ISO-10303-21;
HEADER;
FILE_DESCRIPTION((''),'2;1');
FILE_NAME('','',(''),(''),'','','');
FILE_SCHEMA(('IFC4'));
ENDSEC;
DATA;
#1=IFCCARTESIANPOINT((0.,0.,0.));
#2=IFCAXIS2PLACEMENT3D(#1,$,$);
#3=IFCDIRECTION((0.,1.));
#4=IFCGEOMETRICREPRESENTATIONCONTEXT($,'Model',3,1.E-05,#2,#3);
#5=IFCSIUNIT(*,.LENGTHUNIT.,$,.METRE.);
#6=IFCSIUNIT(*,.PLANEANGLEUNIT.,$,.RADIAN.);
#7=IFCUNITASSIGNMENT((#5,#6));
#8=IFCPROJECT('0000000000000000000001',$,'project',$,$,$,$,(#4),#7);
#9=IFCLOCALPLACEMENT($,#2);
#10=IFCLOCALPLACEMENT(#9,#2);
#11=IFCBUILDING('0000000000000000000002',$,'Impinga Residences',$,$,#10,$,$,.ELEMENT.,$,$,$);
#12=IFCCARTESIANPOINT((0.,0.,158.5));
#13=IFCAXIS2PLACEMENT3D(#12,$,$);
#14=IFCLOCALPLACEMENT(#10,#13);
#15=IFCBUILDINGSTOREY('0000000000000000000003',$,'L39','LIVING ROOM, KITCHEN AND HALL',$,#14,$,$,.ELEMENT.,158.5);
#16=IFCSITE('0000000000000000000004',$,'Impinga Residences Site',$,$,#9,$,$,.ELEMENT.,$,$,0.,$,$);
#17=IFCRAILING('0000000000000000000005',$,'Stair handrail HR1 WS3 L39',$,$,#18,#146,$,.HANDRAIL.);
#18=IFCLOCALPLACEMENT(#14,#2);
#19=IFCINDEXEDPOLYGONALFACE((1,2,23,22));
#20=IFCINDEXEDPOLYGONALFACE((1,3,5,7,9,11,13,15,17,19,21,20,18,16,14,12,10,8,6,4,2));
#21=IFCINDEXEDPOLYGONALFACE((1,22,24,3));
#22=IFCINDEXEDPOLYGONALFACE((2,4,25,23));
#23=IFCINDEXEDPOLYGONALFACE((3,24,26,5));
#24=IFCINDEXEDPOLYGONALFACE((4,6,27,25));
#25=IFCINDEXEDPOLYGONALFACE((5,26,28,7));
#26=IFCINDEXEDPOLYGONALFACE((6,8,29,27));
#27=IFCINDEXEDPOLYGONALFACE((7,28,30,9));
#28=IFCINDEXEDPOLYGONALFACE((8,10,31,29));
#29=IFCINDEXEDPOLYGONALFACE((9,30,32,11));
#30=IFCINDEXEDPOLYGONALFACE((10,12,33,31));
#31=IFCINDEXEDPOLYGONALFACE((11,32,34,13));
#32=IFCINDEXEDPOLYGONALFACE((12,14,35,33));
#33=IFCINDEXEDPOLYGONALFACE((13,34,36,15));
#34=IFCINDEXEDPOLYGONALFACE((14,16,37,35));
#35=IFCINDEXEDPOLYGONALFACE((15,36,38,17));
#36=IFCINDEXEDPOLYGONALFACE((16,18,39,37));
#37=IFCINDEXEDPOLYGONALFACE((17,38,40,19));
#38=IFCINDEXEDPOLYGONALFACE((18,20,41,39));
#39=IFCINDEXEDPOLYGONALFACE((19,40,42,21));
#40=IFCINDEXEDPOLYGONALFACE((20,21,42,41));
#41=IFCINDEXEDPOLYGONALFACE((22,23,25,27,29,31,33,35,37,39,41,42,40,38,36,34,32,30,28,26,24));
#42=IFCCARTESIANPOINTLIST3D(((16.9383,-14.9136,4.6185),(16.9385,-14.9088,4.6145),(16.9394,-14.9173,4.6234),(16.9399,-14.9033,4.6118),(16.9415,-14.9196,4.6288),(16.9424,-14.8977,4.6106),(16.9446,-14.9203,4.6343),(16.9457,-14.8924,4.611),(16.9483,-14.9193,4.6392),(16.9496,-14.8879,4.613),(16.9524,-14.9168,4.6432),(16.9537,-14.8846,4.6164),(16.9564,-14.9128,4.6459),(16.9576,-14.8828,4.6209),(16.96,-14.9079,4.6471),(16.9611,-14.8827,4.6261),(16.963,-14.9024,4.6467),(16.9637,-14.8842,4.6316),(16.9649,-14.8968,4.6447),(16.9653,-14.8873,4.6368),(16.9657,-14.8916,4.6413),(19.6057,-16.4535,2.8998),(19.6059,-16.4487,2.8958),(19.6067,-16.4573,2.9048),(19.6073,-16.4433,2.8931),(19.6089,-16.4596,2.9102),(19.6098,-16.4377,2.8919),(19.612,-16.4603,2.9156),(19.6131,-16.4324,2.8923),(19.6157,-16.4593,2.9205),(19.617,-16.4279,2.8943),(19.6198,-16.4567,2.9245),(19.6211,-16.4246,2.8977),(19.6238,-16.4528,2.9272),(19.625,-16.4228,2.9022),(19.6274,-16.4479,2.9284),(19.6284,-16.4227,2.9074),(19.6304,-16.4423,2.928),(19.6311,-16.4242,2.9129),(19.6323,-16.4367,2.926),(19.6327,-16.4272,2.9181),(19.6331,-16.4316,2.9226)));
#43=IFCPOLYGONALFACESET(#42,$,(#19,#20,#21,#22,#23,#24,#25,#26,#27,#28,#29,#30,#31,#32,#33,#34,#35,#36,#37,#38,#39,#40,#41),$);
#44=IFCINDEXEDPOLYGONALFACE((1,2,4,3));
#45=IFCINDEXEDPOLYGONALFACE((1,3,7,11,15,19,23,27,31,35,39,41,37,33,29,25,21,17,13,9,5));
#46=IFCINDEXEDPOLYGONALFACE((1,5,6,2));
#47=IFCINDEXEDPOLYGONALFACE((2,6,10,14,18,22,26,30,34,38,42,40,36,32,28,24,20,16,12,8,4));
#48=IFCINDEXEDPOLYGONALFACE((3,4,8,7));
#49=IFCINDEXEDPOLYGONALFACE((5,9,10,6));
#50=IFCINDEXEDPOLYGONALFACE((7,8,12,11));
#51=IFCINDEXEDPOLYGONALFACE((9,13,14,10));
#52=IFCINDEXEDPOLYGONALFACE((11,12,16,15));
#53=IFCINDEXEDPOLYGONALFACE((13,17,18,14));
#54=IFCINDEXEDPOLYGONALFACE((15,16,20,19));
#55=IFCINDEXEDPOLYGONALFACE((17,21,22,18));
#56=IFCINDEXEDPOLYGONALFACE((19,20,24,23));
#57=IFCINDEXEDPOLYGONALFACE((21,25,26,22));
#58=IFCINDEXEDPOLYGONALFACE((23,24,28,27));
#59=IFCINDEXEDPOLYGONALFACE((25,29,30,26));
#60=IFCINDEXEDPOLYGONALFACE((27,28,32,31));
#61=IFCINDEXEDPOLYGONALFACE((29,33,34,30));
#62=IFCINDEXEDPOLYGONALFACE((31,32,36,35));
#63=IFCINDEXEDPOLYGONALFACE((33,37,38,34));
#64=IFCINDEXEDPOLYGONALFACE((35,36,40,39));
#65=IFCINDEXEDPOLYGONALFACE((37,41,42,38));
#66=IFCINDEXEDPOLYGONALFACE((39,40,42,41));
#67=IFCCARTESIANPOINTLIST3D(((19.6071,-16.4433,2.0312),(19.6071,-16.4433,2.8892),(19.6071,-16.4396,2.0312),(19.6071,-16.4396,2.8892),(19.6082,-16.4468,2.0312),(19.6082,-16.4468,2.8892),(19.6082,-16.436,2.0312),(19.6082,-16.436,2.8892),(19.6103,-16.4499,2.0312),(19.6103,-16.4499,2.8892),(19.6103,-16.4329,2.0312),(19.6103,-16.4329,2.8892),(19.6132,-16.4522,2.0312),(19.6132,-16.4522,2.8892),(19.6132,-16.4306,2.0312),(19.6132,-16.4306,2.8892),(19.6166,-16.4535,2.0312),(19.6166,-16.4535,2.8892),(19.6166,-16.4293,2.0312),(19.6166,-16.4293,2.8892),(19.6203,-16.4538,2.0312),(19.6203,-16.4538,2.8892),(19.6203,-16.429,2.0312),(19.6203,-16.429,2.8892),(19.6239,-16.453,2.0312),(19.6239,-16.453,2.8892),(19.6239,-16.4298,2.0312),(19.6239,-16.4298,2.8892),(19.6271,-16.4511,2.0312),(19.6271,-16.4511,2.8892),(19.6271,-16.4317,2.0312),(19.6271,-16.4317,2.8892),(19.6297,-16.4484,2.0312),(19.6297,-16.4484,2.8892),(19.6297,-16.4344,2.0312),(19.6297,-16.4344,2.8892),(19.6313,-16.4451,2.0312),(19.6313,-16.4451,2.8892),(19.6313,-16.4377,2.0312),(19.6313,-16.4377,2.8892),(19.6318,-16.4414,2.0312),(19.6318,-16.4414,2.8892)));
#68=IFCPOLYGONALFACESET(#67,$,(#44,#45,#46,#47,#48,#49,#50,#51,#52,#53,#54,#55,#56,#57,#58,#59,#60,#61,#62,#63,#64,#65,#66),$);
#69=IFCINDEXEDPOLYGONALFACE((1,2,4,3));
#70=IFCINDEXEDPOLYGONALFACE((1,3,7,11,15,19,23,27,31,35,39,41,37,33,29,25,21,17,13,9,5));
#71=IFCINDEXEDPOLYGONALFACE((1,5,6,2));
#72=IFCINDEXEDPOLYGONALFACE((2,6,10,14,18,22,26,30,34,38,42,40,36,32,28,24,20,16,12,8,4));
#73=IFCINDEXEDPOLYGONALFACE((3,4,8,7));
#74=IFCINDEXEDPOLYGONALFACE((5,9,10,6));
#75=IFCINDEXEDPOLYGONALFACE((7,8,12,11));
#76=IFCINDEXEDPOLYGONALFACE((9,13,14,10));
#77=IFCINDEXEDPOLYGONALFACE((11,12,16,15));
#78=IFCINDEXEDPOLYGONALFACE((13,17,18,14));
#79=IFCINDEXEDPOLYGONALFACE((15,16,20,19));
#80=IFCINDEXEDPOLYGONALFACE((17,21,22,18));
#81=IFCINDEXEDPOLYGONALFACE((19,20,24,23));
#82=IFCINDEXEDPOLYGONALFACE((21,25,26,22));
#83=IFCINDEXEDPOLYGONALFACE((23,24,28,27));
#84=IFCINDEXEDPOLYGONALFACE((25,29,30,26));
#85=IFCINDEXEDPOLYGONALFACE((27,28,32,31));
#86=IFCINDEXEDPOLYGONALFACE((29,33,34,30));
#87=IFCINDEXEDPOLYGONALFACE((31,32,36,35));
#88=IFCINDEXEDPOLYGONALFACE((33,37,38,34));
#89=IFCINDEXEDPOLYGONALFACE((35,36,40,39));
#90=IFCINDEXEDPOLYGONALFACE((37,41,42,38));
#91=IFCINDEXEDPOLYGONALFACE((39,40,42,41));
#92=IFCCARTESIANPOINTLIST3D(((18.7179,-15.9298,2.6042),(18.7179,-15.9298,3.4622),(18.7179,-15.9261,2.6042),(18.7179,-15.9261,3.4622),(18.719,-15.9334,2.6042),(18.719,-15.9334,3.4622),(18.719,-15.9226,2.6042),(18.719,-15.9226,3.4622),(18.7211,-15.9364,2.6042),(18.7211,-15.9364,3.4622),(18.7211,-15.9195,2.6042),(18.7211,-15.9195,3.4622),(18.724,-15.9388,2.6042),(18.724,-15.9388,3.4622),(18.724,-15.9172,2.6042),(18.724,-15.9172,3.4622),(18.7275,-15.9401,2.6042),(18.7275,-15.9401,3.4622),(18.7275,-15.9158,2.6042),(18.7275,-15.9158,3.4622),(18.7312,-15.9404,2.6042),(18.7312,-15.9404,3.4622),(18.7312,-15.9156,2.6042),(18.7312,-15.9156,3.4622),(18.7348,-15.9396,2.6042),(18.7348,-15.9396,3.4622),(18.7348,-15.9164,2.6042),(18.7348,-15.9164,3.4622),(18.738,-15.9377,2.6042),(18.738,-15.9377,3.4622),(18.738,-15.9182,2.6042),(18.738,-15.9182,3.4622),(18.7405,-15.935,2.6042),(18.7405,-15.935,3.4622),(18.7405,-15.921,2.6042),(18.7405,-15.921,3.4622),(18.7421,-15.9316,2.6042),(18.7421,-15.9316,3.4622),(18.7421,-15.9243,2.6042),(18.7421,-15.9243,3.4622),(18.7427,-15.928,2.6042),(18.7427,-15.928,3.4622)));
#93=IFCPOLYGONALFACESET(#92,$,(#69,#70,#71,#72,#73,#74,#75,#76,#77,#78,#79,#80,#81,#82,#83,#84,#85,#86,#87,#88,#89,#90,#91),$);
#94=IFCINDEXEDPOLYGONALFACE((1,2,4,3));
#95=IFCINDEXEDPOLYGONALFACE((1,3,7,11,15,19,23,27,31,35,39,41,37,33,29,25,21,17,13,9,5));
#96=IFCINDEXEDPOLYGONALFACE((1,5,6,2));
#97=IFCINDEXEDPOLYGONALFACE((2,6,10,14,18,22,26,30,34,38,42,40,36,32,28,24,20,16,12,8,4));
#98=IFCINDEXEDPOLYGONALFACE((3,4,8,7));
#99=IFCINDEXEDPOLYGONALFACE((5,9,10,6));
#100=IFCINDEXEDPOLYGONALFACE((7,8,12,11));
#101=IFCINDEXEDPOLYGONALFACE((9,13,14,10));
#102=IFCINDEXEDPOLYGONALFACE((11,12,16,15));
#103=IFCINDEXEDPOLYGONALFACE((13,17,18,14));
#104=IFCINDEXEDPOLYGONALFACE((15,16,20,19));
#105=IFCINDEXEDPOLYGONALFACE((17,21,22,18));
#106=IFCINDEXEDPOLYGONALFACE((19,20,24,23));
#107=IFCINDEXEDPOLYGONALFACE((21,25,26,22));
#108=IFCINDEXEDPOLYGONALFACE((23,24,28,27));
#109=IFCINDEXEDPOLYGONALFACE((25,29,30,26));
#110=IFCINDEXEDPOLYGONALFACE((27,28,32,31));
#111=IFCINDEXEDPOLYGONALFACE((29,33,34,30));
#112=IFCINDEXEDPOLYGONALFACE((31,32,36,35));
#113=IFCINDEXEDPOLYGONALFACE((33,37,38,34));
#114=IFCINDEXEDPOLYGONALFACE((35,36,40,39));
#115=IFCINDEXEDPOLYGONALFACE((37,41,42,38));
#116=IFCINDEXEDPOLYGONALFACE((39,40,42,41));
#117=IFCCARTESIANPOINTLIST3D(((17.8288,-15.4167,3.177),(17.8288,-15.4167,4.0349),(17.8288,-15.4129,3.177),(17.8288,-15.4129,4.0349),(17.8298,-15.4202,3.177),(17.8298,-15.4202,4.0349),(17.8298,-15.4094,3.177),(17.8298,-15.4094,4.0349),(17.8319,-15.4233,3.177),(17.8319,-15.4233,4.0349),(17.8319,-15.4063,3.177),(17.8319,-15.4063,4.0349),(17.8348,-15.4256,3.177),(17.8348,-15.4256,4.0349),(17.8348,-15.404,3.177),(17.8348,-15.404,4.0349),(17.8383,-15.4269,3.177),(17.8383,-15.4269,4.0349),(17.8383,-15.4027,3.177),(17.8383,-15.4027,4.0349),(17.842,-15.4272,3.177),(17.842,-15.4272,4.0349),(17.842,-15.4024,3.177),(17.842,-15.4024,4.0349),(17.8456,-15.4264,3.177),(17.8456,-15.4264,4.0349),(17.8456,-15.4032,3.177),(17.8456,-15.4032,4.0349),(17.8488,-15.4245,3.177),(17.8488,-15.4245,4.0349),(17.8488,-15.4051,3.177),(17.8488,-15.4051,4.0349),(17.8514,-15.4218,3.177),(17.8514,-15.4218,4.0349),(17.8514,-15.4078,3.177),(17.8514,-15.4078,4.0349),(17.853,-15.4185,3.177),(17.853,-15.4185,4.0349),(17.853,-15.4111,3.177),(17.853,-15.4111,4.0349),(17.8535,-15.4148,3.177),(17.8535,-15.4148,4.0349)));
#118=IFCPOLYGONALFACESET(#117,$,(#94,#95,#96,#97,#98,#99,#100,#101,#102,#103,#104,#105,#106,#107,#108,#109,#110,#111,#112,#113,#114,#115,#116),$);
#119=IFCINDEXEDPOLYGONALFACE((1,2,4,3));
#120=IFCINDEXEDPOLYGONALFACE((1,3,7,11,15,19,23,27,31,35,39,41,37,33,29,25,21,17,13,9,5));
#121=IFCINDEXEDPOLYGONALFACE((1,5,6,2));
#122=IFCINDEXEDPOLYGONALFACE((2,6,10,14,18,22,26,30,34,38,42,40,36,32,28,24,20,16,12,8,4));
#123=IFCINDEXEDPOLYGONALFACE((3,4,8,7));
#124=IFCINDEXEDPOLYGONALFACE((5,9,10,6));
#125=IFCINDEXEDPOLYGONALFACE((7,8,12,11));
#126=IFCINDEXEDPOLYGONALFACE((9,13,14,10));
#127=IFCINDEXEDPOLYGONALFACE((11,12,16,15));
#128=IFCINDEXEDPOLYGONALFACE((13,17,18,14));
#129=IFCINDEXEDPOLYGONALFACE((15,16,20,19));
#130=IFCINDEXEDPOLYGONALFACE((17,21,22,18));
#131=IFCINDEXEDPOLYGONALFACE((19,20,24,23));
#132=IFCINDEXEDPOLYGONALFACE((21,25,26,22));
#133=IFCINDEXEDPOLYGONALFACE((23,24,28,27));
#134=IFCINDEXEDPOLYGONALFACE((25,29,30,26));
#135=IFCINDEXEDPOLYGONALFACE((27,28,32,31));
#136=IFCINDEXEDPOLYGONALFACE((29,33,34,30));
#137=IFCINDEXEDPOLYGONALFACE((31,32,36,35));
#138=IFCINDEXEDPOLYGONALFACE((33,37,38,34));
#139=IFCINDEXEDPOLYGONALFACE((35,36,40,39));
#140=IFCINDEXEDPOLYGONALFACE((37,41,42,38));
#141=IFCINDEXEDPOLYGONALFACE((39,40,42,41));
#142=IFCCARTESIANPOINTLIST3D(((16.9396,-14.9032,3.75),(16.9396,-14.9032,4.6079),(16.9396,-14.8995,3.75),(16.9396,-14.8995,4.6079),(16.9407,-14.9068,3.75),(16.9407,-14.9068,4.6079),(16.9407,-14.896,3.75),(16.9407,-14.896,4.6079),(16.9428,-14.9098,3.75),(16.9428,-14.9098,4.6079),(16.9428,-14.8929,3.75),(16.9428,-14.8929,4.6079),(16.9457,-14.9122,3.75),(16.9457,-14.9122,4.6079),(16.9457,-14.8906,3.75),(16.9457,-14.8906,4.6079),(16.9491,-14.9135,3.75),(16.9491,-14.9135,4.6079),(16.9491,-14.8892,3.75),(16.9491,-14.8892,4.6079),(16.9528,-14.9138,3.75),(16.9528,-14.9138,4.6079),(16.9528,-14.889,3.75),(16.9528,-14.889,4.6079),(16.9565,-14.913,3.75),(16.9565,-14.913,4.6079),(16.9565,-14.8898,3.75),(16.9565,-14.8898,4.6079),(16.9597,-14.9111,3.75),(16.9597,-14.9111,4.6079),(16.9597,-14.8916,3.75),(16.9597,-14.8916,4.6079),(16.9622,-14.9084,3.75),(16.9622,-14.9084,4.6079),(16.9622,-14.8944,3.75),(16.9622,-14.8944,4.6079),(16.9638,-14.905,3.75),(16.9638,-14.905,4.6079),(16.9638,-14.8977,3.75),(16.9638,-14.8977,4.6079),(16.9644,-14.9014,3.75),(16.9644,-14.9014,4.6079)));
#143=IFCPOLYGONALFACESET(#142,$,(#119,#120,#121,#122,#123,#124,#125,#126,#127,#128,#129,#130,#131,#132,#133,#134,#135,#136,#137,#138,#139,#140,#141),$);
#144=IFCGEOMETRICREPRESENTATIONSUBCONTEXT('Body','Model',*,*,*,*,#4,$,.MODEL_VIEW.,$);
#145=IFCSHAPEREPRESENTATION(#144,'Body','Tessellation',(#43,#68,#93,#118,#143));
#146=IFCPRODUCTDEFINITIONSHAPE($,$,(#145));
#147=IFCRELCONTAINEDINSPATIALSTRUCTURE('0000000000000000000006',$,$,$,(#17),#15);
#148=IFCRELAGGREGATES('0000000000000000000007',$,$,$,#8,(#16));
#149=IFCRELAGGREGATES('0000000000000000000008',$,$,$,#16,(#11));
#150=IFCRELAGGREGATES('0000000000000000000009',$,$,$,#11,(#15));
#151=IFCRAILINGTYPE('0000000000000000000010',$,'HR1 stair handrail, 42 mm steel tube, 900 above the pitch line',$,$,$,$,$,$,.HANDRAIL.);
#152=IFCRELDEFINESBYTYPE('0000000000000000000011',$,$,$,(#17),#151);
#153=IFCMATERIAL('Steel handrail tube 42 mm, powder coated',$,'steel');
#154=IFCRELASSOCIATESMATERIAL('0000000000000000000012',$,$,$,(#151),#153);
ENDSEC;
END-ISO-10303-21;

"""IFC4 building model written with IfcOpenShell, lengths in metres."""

from ifc_helpers import new_model, si_unit, direction, frame, origin, origin_2d, place, context, subcontext, project, spatial, circle, extrude, material, type_object, element, save


model = new_model("IFC4")

# Units and contexts
model_context = context("Model", 3, precision=1e-05, world=origin(), true_north=direction((0.0, 1.0)))
body_context = subcontext(model_context, "Body", "Model", "MODEL_VIEW")
ifc_project = project(units=[si_unit("LENGTHUNIT", "METRE"), si_unit("PLANEANGLEUNIT", "RADIAN")], contexts=[model_context])

# Site, building, storey
site_placement = place(None, origin())
site = spatial("IfcSite", under=ifc_project, at=site_placement, Name="Impinga Residences Site", CompositionType="ELEMENT", RefElevation=0.0)
building_placement = place(site_placement, origin())
building = spatial("IfcBuilding", under=site, at=building_placement, Name="Impinga Residences", CompositionType="ELEMENT")
storey_placement = place(building_placement, frame((0.0, 0.0, 158.5)))
storey = spatial("IfcBuildingStorey", under=building, at=storey_placement, Name="L39", Description="LIVING ROOM, KITCHEN AND HALL", CompositionType="ELEMENT", Elevation=158.5)

# Railing
ifc_material_1 = material(Name="Steel handrail tube 42 mm, powder coated", Category="steel")
railing_type_1 = type_object("IfcRailingType", Name="HR1 stair handrail, 42 mm steel tube, 900 above the pitch line", PredefinedType="HANDRAIL", material=ifc_material_1)
railing_1_placement = place(storey_placement, frame((19.6194, -16.4414, 2.0312)))
element("IfcRailing", 1, at=railing_1_placement, inside=storey, type_object=railing_type_1, Name="Stair handrail HR1 WS3 L39", PredefinedType="HANDRAIL", context=body_context, shape_type="SweptSolid", body=[
    extrude(circle(Radius=0.021, at=origin_2d()), frame((0.0, 0.0, 0.8789), z_axis=(-0.756256, 0.436616, 0.487282), x_axis=(-0.499992, -0.86603, 0.0)), (0.0, 0.0, 1.0), 3.5271),
    extrude(circle(Radius=0.0125, at=origin_2d()), origin(), (0.0, 0.0, 1.0), 0.8579),
    extrude(circle(Radius=0.0125, at=origin_2d()), frame((-0.8892, 0.5134, 0.573)), (0.0, 0.0, 1.0), 0.8579),
    extrude(circle(Radius=0.0125, at=origin_2d()), frame((-1.7783, 1.0266, 1.1458)), (0.0, 0.0, 1.0), 0.8579),
    extrude(circle(Radius=0.0125, at=origin_2d()), frame((-2.6675, 1.54, 1.7188)), (0.0, 0.0, 1.0), 0.8579),
])

save(model, "model.ifc")
